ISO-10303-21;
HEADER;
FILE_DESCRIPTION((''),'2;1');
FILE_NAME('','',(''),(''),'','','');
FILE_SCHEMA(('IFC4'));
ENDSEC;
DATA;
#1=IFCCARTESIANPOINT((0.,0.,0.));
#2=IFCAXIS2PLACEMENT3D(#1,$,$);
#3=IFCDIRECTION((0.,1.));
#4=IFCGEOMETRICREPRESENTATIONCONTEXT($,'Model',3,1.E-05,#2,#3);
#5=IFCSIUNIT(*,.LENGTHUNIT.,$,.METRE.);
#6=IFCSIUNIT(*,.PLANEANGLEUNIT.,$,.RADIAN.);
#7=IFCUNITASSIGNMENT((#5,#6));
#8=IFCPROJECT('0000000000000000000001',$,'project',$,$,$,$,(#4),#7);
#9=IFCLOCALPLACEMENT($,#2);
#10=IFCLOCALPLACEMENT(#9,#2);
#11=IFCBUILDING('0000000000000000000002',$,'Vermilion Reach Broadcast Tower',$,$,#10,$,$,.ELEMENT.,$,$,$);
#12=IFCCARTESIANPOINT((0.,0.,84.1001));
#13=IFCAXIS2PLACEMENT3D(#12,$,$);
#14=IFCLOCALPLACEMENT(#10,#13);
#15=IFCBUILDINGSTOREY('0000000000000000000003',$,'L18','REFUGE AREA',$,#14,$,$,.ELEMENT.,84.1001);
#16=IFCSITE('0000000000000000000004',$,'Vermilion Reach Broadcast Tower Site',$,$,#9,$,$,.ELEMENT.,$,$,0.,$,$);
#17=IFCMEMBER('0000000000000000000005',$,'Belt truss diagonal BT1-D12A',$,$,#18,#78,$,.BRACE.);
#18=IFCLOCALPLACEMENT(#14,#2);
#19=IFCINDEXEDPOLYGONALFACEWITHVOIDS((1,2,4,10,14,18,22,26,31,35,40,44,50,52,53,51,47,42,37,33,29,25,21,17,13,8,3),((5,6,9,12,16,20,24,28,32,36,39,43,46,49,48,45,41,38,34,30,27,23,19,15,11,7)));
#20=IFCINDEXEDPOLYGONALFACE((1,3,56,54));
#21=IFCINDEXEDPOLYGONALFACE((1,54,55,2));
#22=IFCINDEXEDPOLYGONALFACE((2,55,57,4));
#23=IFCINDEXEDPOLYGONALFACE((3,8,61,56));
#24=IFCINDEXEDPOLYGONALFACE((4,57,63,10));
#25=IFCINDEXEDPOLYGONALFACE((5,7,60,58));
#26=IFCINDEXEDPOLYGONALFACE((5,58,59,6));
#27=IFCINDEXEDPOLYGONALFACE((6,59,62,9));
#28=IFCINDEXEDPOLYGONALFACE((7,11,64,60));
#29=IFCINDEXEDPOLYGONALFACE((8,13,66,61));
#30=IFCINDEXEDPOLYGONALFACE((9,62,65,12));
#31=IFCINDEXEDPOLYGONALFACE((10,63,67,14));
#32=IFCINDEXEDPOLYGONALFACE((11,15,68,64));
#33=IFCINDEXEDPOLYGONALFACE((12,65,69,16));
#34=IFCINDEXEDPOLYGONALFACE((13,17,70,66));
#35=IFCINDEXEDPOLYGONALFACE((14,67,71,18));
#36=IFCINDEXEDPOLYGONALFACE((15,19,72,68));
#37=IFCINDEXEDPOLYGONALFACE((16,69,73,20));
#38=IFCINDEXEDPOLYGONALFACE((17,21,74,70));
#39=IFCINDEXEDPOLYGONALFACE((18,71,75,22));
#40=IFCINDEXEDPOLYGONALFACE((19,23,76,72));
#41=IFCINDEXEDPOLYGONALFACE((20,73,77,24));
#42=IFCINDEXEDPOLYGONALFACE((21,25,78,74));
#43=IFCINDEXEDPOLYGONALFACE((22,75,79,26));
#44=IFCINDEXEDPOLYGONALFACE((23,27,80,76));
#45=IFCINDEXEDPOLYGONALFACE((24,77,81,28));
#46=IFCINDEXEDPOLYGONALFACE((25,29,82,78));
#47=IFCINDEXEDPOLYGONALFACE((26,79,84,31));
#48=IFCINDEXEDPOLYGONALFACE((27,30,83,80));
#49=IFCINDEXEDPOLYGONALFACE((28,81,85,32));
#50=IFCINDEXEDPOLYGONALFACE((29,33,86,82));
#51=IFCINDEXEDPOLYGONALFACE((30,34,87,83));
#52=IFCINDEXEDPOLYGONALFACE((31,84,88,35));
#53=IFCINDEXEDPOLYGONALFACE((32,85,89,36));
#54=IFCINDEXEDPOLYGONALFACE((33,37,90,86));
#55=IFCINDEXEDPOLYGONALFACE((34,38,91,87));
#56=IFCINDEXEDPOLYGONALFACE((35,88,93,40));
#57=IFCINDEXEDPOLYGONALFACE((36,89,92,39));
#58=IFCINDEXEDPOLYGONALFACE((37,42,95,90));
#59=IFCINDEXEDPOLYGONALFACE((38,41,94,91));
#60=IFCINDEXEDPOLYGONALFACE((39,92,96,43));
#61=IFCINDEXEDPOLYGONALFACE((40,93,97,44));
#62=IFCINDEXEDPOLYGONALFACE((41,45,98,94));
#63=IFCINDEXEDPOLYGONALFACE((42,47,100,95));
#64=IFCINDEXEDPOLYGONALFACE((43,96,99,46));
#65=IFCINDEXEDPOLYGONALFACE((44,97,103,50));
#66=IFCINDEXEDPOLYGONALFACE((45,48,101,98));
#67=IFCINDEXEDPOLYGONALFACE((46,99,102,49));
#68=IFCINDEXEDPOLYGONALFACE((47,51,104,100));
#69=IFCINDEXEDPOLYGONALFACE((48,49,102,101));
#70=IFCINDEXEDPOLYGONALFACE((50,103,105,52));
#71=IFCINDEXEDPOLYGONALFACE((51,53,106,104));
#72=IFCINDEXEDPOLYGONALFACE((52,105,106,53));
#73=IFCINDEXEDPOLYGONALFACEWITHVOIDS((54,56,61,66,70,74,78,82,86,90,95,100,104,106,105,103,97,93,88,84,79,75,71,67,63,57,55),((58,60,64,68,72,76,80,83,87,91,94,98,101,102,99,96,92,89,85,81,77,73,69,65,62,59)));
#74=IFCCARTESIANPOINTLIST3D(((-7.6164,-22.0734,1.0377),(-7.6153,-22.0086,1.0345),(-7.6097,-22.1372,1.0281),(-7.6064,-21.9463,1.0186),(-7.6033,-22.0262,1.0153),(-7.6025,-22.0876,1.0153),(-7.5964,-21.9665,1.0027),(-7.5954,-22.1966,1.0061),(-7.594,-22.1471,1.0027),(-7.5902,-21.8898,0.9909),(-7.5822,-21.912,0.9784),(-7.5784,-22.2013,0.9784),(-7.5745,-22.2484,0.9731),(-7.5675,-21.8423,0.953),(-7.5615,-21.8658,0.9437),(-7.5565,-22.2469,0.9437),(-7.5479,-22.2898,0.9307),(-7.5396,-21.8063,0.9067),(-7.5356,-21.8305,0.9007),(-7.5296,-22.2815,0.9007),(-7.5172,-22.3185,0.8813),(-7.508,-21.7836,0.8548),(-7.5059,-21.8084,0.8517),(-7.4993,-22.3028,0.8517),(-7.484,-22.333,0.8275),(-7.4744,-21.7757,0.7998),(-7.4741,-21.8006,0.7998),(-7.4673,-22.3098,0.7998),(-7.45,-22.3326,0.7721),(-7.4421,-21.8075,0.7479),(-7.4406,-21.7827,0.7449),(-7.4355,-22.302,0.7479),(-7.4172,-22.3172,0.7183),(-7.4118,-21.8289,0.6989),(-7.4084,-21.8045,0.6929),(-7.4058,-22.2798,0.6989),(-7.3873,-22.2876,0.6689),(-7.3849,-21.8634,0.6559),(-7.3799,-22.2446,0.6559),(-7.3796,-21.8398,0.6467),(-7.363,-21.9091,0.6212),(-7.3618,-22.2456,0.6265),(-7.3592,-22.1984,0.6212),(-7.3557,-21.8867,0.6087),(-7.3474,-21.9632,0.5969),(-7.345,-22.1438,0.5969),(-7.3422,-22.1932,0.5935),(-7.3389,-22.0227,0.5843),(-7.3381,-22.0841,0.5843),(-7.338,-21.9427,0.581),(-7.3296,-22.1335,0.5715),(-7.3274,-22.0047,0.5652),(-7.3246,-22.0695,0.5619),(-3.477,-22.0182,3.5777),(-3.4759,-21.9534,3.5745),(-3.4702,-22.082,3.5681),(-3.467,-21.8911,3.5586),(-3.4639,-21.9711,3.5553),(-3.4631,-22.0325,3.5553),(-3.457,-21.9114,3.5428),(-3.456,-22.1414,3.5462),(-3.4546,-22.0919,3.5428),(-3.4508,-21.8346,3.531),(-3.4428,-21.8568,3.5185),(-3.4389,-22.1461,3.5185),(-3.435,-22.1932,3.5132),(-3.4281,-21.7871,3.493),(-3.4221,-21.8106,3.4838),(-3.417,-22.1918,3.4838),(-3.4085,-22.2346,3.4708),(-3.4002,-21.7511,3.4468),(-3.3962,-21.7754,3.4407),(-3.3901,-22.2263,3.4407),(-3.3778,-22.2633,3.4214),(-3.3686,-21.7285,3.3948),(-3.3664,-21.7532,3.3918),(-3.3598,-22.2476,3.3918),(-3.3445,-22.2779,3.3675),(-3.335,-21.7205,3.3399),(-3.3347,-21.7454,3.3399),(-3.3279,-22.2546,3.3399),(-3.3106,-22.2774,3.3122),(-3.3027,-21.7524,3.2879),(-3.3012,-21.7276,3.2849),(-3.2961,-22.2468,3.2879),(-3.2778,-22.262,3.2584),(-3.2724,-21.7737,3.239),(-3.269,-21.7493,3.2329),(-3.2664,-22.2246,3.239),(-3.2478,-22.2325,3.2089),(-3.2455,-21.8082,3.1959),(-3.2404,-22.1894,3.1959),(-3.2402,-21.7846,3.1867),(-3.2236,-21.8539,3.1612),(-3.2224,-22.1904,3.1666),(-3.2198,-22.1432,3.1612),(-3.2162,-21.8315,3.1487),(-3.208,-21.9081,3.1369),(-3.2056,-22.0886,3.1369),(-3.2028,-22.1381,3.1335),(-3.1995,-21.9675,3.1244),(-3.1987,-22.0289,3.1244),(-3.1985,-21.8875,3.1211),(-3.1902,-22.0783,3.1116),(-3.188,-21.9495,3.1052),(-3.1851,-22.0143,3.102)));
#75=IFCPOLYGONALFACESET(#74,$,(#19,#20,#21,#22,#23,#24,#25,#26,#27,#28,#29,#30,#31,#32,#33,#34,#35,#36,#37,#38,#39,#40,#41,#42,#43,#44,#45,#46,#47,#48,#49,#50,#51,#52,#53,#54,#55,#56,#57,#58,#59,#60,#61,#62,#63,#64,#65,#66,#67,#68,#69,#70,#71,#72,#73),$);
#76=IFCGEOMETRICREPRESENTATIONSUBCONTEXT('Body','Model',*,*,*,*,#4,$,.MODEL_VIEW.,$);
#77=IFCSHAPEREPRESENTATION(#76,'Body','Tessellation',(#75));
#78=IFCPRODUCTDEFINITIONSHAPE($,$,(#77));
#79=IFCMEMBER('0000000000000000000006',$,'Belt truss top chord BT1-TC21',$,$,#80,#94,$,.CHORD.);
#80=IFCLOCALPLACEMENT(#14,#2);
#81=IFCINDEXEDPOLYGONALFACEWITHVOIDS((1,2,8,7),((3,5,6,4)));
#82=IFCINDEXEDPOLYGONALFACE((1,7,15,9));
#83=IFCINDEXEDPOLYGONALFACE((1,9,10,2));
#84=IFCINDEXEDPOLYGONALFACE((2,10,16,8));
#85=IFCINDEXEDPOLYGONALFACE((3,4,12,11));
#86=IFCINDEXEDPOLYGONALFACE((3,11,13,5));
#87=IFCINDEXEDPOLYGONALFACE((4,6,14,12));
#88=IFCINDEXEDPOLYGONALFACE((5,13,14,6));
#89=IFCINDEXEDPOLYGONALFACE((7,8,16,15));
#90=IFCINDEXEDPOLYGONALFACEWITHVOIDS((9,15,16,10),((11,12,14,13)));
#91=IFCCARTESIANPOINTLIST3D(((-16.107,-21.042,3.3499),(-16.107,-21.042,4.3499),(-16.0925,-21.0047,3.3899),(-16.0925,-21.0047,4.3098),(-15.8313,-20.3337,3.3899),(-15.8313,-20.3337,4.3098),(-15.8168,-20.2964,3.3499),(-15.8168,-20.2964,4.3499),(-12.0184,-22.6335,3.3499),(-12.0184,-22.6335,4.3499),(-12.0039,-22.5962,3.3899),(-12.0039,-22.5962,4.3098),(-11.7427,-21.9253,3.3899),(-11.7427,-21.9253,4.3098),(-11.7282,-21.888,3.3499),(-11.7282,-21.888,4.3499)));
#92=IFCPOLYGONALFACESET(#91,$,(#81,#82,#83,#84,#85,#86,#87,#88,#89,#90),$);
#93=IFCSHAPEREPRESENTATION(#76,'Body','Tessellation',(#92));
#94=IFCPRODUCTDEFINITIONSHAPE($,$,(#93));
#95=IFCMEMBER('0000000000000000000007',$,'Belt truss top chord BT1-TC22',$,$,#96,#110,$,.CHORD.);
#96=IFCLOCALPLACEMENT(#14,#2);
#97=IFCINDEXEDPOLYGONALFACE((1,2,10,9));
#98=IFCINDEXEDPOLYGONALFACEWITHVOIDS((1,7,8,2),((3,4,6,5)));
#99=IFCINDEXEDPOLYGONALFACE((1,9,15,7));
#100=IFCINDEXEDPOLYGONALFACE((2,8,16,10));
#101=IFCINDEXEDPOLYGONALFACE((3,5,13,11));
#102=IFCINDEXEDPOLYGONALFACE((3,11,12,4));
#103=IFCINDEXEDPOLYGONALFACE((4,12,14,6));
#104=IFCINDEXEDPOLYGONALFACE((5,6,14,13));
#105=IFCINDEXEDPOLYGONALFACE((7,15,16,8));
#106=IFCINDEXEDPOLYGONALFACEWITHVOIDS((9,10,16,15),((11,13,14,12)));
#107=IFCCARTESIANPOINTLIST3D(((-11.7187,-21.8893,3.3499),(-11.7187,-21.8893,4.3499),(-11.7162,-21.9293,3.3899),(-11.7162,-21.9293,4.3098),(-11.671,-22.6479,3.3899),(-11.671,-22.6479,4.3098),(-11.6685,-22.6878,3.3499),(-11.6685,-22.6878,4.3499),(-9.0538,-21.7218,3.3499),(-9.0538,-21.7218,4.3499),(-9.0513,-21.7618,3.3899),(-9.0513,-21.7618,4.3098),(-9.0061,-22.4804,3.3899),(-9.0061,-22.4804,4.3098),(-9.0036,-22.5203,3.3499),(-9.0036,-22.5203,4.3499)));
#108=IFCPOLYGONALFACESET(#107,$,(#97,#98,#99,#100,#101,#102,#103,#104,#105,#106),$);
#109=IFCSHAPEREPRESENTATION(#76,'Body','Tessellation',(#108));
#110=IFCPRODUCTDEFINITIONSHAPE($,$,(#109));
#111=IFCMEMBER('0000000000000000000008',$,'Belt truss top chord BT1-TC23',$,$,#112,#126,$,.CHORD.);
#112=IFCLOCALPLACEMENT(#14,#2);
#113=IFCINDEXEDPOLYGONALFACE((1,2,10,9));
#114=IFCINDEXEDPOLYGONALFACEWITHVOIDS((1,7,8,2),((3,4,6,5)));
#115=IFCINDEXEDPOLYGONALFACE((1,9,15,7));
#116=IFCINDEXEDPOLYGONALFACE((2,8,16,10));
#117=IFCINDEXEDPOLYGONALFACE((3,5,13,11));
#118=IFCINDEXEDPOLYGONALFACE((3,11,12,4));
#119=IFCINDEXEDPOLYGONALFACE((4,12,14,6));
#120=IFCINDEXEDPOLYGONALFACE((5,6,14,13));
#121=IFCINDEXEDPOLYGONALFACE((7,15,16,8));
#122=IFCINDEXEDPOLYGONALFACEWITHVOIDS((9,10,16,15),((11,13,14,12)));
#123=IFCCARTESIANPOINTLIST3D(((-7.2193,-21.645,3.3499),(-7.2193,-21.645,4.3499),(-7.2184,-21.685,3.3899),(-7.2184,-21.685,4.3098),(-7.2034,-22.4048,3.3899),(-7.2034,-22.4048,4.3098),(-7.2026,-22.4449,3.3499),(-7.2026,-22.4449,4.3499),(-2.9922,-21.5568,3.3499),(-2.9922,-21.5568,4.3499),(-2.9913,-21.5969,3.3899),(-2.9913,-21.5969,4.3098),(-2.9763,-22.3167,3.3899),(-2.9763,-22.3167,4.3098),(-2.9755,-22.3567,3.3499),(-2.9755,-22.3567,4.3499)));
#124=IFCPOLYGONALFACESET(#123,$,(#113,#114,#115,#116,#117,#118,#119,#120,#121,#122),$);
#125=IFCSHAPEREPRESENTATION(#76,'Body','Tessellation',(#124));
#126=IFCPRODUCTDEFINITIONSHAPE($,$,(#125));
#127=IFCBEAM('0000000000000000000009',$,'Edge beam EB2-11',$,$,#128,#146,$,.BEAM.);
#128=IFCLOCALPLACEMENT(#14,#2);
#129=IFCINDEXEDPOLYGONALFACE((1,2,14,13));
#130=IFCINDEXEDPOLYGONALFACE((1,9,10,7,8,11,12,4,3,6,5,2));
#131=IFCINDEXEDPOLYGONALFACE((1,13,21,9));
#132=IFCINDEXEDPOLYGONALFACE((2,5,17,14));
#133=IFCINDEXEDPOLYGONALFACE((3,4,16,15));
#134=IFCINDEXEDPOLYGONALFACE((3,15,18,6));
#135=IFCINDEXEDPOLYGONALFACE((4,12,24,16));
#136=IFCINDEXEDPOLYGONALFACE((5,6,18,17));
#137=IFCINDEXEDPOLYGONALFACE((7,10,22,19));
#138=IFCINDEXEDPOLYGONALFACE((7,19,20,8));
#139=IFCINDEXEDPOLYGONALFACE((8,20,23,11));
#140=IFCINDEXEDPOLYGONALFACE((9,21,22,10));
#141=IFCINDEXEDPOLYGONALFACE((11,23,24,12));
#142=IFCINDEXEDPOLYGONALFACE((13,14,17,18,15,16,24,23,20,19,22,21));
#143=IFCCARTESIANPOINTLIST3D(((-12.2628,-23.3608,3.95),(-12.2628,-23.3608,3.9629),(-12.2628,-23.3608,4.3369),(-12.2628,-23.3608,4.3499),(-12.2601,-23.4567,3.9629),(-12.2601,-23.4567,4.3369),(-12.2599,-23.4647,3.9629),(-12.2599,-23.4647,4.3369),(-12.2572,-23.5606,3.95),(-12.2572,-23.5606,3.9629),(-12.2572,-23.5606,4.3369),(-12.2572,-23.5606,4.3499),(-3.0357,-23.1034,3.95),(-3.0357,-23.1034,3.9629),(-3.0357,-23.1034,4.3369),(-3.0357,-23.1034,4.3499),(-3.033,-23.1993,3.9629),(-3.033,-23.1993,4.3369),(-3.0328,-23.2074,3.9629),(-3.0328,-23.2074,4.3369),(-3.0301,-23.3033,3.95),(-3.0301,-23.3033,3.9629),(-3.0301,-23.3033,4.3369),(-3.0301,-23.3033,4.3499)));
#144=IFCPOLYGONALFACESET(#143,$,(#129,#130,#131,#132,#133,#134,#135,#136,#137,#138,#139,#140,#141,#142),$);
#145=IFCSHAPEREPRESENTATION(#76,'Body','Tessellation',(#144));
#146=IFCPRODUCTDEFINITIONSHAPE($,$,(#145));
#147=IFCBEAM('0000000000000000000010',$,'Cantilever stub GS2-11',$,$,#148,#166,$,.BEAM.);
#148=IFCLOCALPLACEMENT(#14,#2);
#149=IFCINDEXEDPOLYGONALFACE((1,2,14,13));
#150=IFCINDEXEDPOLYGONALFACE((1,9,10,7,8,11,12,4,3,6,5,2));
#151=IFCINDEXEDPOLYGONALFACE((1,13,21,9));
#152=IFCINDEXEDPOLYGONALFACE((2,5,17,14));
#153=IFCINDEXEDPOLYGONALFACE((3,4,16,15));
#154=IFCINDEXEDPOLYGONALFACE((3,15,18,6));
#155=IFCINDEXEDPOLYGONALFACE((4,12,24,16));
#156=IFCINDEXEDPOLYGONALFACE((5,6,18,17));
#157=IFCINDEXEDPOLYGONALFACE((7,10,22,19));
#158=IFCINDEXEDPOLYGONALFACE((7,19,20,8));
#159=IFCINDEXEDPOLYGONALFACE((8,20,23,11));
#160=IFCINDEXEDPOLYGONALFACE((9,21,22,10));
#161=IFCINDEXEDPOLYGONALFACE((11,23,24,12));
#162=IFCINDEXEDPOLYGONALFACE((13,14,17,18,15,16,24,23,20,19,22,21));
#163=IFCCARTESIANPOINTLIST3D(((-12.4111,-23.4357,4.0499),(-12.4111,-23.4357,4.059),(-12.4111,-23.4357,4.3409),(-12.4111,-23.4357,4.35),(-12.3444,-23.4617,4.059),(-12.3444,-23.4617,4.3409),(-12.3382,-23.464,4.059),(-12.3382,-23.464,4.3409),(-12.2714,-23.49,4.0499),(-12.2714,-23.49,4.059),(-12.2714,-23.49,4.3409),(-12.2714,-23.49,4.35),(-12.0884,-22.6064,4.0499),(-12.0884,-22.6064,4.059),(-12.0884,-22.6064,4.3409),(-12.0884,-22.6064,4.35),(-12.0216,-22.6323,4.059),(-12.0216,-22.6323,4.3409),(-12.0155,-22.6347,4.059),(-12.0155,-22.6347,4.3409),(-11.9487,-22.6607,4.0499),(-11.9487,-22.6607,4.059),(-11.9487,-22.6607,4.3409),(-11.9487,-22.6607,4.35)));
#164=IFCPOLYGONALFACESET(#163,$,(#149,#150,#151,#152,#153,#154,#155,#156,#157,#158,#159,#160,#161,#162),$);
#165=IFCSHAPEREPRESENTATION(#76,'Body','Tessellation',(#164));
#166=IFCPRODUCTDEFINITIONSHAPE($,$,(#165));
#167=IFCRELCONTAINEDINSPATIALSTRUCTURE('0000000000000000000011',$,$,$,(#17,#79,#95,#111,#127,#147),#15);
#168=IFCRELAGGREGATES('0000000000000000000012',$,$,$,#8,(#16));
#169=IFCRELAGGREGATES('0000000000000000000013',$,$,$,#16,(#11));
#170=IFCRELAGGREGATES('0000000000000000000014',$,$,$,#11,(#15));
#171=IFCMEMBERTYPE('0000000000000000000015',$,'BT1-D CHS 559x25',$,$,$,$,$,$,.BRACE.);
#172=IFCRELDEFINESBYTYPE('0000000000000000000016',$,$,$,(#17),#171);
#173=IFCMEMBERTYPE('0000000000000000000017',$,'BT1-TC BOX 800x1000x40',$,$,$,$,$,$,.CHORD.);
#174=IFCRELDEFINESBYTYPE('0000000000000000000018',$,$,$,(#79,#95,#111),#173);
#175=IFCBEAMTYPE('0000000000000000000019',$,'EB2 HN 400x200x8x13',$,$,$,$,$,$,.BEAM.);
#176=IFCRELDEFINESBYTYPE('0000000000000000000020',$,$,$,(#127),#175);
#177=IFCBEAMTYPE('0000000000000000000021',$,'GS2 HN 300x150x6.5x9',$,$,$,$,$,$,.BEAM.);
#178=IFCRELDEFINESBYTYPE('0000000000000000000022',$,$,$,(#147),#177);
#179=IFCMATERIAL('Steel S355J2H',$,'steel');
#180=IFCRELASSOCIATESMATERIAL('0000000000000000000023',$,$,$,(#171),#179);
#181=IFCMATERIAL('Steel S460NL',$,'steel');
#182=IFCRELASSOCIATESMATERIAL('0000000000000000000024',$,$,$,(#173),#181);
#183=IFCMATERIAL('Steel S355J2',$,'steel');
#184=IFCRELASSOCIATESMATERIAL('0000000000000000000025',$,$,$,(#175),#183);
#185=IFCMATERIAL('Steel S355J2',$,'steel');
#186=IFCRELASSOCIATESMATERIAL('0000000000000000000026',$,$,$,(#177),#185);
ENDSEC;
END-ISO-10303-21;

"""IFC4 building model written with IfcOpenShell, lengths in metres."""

from ifc_helpers import new_model, si_unit, direction, frame, origin, origin_2d, place, context, subcontext, project, spatial, hollow_rectangle, hollow_circle, i_section, extrude, material, material_profile, profile_set, type_object, element, save


model = new_model("IFC4")

# Units and contexts
model_context = context("Model", 3, precision=1e-05, world=origin(), true_north=direction((0.0, 1.0)))
body_context = subcontext(model_context, "Body", "Model", "MODEL_VIEW")
ifc_project = project(units=[si_unit("LENGTHUNIT", "METRE"), si_unit("PLANEANGLEUNIT", "RADIAN")], contexts=[model_context])

# Site, building, storey
site_placement = place(None, origin())
site = spatial("IfcSite", under=ifc_project, at=site_placement, Name="Vermilion Reach Broadcast Tower Site", CompositionType="ELEMENT", RefElevation=0.0)
building_placement = place(site_placement, origin())
building = spatial("IfcBuilding", under=site, at=building_placement, Name="Vermilion Reach Broadcast Tower", CompositionType="ELEMENT")
storey_placement = place(building_placement, frame((0.0, 0.0, 84.1001)))
storey = spatial("IfcBuildingStorey", under=building, at=storey_placement, Name="L18", Description="REFUGE AREA", CompositionType="ELEMENT", Elevation=84.1001)

# Members
ifc_material_1 = material(Name="Steel S355J2H", Category="steel")
ifc_material_profile_1 = material_profile(ifc_material_1, hollow_circle(Radius=0.2795, WallThickness=0.0249, at=origin_2d()), Name="S355J2H CHS 559x25")
ifc_profile_set_1 = profile_set([ifc_material_profile_1], Name="Steel S355J2H")
member_type_1 = type_object("IfcMemberType", Name="BT1-D CHS 559x25", PredefinedType="BRACE", material=ifc_profile_set_1)
member_1_placement = place(storey_placement, frame((-7.4707, -22.0552, 0.7998), z_axis=(0.852272, 0.01136, 0.522975), x_axis=(-0.013328, 0.999911, 0.0)))
element("IfcMember", 1, at=member_1_placement, inside=storey, type_object=member_type_1, Name="Belt truss diagonal BT1-D12A", PredefinedType="BRACE", context=body_context, shape_type="SweptSolid", body=[
    extrude(hollow_circle(Radius=0.2795, WallThickness=0.0249, at=origin_2d()), origin(), (0.0, 0.0, 1.0), 4.8569),
])
ifc_material_2 = material(Name="Steel S460NL", Category="steel")
ifc_material_profile_2 = material_profile(ifc_material_2, hollow_rectangle(XDim=0.8, YDim=1.0, WallThickness=0.04, at=origin_2d()), Name="S460NL BOX 800x1000x40")
ifc_profile_set_2 = profile_set([ifc_material_profile_2], Name="Steel S460NL")
member_type_2 = type_object("IfcMemberType", Name="BT1-TC BOX 800x1000x40", PredefinedType="CHORD", material=ifc_profile_set_2)
member_2_placement = place(storey_placement, frame((-15.9619, -20.6692, 3.8499), z_axis=(0.931887, -0.36275, 0.0), x_axis=(0.36275, 0.931887, 0.0)))
element("IfcMember", 2, at=member_2_placement, inside=storey, type_object=member_type_2, Name="Belt truss top chord BT1-TC21", PredefinedType="CHORD", context=body_context, shape_type="SweptSolid", body=[
    extrude(hollow_rectangle(XDim=0.8, YDim=1.0, WallThickness=0.04, at=origin_2d()), origin(), (0.0, 0.0, 1.0), 4.3875),
])
member_3_placement = place(storey_placement, frame((-11.6936, -22.2886, 3.8499), z_axis=(0.998031, 0.062726, 0.0), x_axis=(-0.062726, 0.998031, 0.0)))
element("IfcMember", 3, at=member_3_placement, inside=storey, type_object=member_type_2, Name="Belt truss top chord BT1-TC22", PredefinedType="CHORD", context=body_context, shape_type="SweptSolid", body=[
    extrude(hollow_rectangle(XDim=0.8, YDim=1.0, WallThickness=0.04, at=origin_2d()), origin(), (0.0, 0.0, 1.0), 2.6702),
])
member_4_placement = place(storey_placement, frame((-7.2109, -22.0449, 3.8499), z_axis=(0.999783, 0.020846, 0.0), x_axis=(-0.020846, 0.999783, 0.0)))
element("IfcMember", 4, at=member_4_placement, inside=storey, type_object=member_type_2, Name="Belt truss top chord BT1-TC23", PredefinedType="CHORD", context=body_context, shape_type="SweptSolid", body=[
    extrude(hollow_rectangle(XDim=0.8, YDim=1.0, WallThickness=0.04, at=origin_2d()), origin(), (0.0, 0.0, 1.0), 4.228),
])

# Beams
ifc_material_3 = material(Name="Steel S355J2", Category="steel")
ifc_material_profile_3 = material_profile(ifc_material_3, i_section(OverallWidth=0.2, OverallDepth=0.3999, WebThickness=0.0081, FlangeThickness=0.0129, at=origin_2d()), Name="S355J2 HN 400x200x8x13")
ifc_profile_set_3 = profile_set([ifc_material_profile_3], Name="Steel S355J2")
beam_type_1 = type_object("IfcBeamType", Name="EB2 HN 400x200x8x13", PredefinedType="BEAM", material=ifc_profile_set_3)
beam_1_placement = place(storey_placement, frame((-12.26, -23.4607, 4.1499), z_axis=(0.999611, 0.027877, 0.0), x_axis=(-0.027877, 0.999611, 0.0)))
element("IfcBeam", 5, at=beam_1_placement, inside=storey, type_object=beam_type_1, Name="Edge beam EB2-11", PredefinedType="BEAM", context=body_context, shape_type="SweptSolid", body=[
    extrude(i_section(OverallWidth=0.2, OverallDepth=0.3999, WebThickness=0.0081, FlangeThickness=0.0129, at=origin_2d()), origin(), (0.0, 0.0, 1.0), 9.2307),
])
ifc_material_4 = material(Name="Steel S355J2", Category="steel")
ifc_material_profile_4 = material_profile(ifc_material_4, i_section(OverallWidth=0.1499, OverallDepth=0.3, WebThickness=0.0066, FlangeThickness=0.009, at=origin_2d()), Name="S355J2 HN 300x150x6.5x9")
ifc_profile_set_4 = profile_set([ifc_material_profile_4], Name="Steel S355J2")
beam_type_2 = type_object("IfcBeamType", Name="GS2 HN 300x150x6.5x9", PredefinedType="BEAM", material=ifc_profile_set_4)
beam_2_placement = place(storey_placement, frame((-12.0186, -22.6335, 4.2), z_axis=(-0.362671, -0.931917, 0.0), x_axis=(0.931917, -0.362671, 0.0)))
element("IfcBeam", 6, at=beam_2_placement, inside=storey, type_object=beam_type_2, Name="Cantilever stub GS2-11", PredefinedType="BEAM", context=body_context, shape_type="SweptSolid", body=[
    extrude(i_section(OverallWidth=0.1499, OverallDepth=0.3, WebThickness=0.0066, FlangeThickness=0.009, at=origin_2d()), origin(), (0.0, 0.0, 1.0), 0.8899),
])

save(model, "model.ifc")
